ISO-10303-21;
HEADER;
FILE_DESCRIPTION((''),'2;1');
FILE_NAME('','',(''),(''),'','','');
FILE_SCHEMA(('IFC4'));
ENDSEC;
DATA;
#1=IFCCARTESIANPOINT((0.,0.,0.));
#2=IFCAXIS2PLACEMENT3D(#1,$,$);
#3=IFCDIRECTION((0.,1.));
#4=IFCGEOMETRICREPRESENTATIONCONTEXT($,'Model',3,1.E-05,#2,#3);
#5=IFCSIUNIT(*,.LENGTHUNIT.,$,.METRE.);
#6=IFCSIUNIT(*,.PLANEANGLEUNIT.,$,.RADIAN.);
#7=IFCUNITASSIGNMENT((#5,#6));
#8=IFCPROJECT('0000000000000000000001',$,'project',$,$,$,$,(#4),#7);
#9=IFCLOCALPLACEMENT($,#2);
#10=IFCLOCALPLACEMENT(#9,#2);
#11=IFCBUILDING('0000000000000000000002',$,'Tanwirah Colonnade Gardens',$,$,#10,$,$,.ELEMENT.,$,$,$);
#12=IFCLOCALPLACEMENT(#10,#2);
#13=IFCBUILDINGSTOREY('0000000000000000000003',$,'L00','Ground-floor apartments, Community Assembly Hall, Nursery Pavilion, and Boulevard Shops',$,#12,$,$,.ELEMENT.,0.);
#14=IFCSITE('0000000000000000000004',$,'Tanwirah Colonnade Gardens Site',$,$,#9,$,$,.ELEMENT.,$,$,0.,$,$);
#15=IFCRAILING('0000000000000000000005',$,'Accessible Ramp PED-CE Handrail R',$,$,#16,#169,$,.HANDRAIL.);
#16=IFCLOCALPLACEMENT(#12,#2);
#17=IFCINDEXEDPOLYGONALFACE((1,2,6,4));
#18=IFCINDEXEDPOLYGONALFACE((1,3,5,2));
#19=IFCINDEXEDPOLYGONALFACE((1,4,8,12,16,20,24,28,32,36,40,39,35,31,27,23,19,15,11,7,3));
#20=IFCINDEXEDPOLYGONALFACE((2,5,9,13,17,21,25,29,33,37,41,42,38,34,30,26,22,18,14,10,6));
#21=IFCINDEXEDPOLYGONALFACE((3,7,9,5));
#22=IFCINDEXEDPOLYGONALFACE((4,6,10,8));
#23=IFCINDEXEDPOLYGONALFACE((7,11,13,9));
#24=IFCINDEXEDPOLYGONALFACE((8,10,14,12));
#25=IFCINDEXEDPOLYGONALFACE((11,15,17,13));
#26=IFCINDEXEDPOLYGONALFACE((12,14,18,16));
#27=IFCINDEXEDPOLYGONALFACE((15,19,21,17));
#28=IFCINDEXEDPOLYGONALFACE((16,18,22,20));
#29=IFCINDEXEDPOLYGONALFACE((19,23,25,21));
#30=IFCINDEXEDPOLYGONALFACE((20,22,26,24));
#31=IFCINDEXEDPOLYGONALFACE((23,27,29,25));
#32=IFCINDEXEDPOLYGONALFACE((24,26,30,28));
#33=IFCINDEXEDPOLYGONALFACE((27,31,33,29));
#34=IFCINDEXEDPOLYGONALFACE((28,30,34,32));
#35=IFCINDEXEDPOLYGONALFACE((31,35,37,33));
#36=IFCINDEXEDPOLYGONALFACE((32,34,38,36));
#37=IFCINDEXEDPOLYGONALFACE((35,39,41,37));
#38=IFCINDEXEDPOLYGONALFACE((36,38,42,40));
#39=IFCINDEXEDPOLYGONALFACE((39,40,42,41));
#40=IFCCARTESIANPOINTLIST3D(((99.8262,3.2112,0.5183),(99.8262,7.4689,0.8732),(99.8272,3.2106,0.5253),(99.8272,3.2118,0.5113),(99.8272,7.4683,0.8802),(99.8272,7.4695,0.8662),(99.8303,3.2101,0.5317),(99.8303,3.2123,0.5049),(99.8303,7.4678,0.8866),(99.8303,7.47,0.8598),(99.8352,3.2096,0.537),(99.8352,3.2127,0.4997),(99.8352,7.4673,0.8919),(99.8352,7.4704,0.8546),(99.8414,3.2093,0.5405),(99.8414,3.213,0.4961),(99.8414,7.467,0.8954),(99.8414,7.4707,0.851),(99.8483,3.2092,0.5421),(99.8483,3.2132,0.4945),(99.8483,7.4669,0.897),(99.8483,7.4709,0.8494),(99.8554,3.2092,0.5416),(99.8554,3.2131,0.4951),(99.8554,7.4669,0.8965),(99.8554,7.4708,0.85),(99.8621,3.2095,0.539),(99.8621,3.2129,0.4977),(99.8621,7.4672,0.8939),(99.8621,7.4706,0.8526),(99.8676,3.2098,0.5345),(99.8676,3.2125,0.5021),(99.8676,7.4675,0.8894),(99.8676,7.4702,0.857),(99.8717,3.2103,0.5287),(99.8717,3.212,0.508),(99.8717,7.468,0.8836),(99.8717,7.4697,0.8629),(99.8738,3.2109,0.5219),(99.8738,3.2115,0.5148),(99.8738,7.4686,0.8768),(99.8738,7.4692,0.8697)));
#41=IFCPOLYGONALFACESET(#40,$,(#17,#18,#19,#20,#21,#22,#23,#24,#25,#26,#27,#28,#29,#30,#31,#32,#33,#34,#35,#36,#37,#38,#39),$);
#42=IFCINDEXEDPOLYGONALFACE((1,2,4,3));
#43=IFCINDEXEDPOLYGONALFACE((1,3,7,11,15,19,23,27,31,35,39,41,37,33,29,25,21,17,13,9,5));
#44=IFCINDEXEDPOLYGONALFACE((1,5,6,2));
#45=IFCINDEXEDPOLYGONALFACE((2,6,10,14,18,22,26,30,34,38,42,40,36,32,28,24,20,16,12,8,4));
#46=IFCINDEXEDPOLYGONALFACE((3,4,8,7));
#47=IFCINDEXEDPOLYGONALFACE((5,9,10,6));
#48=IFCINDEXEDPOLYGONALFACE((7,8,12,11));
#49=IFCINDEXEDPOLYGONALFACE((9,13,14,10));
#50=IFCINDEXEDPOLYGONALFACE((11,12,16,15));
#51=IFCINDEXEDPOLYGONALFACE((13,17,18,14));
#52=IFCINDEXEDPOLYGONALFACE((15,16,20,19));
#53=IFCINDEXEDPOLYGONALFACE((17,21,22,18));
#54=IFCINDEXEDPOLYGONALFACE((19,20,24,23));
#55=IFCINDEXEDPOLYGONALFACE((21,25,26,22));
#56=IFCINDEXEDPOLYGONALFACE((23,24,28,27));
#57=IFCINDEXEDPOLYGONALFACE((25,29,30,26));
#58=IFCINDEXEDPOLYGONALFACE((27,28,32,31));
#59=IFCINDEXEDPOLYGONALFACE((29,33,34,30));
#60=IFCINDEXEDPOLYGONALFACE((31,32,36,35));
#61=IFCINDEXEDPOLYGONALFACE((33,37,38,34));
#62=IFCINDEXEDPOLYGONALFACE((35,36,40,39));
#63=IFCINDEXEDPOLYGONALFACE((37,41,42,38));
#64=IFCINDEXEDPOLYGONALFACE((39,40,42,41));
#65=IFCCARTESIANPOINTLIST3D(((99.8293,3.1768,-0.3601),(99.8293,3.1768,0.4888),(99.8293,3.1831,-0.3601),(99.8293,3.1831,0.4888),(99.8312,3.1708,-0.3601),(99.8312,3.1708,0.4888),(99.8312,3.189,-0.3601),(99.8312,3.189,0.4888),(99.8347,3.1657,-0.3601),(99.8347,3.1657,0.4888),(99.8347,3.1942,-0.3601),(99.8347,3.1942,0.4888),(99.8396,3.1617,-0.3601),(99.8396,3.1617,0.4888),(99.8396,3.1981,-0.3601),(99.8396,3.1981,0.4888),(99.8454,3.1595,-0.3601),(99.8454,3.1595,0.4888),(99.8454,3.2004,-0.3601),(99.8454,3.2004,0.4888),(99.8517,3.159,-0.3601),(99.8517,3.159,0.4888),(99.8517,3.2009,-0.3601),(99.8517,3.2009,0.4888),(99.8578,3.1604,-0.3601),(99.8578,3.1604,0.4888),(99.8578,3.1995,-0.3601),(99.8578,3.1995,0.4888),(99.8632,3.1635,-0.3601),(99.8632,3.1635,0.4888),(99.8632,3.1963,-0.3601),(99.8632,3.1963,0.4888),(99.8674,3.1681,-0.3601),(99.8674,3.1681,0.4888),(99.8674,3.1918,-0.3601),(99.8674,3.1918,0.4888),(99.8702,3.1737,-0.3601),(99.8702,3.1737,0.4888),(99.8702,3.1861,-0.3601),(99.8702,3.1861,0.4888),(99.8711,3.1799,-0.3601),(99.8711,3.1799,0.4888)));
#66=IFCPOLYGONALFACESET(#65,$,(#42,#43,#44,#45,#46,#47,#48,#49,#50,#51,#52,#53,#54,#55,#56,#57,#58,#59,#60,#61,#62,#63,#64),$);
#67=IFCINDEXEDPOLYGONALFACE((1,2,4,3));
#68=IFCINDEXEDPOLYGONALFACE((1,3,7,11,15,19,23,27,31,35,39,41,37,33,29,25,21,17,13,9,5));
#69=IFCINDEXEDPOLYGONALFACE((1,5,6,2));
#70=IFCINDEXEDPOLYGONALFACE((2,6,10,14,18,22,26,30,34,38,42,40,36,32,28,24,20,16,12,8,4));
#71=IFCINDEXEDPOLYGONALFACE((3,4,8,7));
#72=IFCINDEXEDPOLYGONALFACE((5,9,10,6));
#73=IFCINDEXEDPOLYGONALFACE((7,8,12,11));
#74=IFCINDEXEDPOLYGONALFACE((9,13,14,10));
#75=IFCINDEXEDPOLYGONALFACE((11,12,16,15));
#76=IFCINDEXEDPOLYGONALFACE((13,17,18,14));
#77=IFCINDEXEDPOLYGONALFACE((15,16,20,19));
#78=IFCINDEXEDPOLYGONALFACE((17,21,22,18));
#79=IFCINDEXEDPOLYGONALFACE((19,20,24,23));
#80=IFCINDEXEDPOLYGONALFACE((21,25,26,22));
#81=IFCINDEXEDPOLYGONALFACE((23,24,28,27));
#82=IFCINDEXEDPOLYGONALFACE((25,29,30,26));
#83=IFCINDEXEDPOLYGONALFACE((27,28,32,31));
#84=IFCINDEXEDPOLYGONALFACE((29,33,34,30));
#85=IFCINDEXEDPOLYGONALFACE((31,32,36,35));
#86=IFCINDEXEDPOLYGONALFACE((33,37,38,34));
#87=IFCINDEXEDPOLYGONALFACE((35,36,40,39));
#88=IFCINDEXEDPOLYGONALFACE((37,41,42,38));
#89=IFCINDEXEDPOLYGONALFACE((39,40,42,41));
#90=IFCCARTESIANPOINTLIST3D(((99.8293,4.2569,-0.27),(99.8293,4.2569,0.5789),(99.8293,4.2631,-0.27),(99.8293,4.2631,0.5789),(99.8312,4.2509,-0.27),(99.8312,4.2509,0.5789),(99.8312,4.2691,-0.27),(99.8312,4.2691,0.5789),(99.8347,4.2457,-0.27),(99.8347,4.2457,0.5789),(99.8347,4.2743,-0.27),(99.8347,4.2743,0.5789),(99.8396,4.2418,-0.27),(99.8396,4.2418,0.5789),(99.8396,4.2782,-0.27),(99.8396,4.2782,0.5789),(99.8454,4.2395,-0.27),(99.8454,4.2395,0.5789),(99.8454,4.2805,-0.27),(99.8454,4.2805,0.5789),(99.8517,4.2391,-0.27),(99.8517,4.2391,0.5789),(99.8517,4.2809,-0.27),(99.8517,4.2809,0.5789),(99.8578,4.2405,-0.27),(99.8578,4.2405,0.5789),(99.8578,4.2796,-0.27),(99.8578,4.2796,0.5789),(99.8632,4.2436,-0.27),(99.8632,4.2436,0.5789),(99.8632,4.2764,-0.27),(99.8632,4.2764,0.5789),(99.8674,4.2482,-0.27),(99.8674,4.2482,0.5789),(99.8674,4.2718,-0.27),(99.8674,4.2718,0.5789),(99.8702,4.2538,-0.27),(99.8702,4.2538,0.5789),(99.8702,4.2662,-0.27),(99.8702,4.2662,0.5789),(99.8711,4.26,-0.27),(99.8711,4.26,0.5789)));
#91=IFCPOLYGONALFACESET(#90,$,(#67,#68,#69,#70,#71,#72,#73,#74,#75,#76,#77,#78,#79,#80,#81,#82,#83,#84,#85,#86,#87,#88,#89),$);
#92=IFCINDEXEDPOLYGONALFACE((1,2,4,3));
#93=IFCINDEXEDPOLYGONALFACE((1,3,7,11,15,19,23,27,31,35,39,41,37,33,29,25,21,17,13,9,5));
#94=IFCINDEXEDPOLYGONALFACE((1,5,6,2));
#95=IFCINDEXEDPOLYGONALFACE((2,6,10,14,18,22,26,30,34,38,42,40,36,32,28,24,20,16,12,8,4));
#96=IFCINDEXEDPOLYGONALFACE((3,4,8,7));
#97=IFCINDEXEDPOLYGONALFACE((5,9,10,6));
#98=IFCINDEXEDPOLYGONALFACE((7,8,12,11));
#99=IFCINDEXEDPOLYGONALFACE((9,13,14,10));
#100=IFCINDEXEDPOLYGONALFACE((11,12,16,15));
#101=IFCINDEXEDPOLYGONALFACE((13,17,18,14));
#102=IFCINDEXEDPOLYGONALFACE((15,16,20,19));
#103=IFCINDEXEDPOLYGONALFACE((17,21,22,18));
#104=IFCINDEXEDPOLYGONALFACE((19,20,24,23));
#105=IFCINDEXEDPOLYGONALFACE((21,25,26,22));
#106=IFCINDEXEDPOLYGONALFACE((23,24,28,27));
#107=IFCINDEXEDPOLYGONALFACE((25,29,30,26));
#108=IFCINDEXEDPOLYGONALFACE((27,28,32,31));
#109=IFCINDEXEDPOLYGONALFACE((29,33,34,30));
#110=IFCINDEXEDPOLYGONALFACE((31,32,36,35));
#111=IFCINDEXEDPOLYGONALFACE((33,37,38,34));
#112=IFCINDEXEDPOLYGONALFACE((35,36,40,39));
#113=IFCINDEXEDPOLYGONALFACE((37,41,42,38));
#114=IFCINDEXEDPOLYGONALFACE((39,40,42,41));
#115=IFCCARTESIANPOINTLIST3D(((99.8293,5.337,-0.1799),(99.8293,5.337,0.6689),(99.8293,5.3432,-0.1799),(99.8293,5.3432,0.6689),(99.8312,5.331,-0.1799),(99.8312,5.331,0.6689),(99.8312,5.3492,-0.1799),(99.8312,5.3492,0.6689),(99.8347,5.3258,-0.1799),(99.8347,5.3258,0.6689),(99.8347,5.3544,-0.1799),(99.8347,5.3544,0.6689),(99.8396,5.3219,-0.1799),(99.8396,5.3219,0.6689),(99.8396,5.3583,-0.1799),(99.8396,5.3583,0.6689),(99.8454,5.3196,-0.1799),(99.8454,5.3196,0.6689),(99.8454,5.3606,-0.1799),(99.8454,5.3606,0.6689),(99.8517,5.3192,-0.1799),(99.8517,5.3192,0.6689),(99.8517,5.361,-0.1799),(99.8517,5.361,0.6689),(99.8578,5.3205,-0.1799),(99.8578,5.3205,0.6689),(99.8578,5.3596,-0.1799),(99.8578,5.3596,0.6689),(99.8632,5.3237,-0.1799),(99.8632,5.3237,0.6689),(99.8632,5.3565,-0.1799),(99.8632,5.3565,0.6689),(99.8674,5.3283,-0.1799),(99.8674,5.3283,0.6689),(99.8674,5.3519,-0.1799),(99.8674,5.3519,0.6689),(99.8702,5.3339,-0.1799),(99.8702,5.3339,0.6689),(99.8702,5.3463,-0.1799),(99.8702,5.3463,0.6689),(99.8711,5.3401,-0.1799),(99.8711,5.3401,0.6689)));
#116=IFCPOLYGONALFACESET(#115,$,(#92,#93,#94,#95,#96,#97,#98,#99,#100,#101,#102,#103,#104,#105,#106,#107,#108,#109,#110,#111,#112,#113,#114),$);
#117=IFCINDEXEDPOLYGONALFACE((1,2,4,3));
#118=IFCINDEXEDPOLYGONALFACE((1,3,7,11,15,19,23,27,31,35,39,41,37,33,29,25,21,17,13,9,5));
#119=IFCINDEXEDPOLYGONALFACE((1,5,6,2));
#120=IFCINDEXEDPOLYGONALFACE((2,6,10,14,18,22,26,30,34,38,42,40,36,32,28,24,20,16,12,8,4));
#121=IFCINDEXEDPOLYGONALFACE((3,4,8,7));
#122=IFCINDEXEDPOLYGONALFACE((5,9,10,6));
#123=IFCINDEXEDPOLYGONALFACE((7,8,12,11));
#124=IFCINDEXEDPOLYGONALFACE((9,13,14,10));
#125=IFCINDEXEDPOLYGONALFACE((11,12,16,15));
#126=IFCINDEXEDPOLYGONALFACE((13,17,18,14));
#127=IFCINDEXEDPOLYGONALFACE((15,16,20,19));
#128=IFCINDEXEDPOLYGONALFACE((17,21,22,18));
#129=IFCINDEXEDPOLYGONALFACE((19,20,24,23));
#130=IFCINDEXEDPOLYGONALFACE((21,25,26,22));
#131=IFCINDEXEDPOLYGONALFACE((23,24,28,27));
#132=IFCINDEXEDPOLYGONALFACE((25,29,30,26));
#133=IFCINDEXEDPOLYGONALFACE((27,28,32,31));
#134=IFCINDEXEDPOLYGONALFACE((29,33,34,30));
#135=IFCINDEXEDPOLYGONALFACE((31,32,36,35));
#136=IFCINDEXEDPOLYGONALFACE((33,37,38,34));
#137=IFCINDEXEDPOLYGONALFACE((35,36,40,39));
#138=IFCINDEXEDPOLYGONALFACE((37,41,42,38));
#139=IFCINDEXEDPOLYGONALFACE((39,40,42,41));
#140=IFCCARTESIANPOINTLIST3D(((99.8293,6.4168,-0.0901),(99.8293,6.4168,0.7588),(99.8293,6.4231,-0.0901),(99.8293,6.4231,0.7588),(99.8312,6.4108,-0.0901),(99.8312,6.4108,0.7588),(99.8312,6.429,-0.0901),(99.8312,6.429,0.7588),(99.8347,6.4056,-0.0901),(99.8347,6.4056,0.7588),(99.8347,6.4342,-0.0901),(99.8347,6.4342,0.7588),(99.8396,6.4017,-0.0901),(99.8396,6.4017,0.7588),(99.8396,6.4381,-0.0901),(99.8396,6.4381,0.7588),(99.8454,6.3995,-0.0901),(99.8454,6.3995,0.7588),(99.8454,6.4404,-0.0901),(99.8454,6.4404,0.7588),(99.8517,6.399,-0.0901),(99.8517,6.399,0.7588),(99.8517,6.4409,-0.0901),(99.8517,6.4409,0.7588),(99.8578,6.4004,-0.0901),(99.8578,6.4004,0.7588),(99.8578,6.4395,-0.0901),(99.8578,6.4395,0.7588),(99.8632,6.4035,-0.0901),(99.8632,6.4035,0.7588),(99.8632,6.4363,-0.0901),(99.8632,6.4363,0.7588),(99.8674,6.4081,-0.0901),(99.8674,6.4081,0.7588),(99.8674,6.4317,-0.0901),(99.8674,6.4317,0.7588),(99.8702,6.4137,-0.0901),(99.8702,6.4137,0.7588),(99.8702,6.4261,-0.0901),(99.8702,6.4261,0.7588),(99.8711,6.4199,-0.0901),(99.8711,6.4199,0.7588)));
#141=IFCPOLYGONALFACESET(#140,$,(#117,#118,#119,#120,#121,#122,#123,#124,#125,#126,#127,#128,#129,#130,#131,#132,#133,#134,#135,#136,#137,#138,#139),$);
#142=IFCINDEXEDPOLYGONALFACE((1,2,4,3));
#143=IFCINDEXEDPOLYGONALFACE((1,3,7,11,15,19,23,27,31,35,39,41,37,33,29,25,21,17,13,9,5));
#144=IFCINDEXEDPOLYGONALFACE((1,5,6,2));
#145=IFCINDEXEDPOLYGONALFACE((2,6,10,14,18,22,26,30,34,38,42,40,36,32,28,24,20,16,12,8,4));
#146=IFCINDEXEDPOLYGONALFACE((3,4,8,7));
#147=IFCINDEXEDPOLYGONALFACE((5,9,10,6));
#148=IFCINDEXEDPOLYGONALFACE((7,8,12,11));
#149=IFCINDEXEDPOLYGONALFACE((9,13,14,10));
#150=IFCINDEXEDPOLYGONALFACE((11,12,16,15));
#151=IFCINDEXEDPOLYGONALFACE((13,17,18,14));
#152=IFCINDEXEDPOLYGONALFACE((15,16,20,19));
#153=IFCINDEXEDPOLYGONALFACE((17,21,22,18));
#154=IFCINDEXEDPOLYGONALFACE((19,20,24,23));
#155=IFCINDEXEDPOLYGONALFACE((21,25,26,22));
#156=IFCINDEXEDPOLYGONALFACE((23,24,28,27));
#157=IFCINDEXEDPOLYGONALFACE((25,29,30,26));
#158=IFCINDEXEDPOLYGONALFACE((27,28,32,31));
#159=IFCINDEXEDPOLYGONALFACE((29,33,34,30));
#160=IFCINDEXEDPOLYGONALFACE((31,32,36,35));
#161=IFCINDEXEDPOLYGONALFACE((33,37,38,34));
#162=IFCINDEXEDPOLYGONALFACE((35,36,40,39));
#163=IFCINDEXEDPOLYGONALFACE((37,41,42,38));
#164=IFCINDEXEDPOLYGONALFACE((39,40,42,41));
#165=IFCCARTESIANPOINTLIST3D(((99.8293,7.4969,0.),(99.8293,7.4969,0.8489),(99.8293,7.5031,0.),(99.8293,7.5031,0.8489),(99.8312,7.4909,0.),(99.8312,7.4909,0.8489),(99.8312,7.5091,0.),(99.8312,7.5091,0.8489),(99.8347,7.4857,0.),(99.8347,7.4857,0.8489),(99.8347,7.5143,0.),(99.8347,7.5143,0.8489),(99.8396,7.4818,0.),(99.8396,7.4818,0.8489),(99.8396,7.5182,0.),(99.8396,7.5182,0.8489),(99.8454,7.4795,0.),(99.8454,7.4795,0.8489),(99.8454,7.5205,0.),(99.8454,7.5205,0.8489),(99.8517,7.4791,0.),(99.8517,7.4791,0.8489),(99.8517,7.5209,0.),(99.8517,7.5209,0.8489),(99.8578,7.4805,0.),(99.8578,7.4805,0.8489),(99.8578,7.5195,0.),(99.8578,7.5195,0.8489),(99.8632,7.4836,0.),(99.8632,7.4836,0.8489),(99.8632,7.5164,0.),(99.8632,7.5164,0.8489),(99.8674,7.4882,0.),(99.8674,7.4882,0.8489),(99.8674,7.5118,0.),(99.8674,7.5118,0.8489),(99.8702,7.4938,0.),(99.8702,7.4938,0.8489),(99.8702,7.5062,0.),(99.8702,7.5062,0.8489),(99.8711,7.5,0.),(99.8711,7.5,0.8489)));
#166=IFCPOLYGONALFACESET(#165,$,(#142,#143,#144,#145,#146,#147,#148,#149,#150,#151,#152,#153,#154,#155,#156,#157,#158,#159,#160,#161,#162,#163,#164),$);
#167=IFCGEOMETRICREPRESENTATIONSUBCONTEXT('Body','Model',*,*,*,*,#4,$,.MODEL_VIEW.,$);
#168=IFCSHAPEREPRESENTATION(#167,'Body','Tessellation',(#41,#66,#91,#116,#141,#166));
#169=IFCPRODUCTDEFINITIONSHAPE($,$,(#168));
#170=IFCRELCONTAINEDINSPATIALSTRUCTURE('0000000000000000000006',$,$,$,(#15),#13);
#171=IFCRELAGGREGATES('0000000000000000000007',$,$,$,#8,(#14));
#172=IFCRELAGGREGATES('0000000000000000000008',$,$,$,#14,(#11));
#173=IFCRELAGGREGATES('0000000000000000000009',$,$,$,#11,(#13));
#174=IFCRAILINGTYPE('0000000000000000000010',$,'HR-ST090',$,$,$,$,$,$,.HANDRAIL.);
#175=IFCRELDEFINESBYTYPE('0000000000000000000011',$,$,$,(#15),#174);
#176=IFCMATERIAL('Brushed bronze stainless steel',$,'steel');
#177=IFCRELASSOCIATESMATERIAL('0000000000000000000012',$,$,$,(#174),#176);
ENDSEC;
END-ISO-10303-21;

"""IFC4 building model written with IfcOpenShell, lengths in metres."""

from ifc_helpers import new_model, si_unit, direction, frame, origin, origin_2d, place, context, subcontext, project, spatial, circle, extrude, material, type_object, element, save


model = new_model("IFC4")

# Units and contexts
model_context = context("Model", 3, precision=1e-05, world=origin(), true_north=direction((0.0, 1.0)))
body_context = subcontext(model_context, "Body", "Model", "MODEL_VIEW")
ifc_project = project(units=[si_unit("LENGTHUNIT", "METRE"), si_unit("PLANEANGLEUNIT", "RADIAN")], contexts=[model_context])

# Site, building, storey
site_placement = place(None, origin())
site = spatial("IfcSite", under=ifc_project, at=site_placement, Name="Tanwirah Colonnade Gardens Site", CompositionType="ELEMENT", RefElevation=0.0)
building_placement = place(site_placement, origin())
building = spatial("IfcBuilding", under=site, at=building_placement, Name="Tanwirah Colonnade Gardens", CompositionType="ELEMENT")
storey_placement = place(building_placement, origin())
storey = spatial("IfcBuildingStorey", under=building, at=storey_placement, Name="L00", Description="Ground-floor apartments, Community Assembly Hall, Nursery Pavilion, and Boulevard Shops", CompositionType="ELEMENT", Elevation=0.0)

# Railing
ifc_material_1 = material(Name="Brushed bronze stainless steel", Category="steel")
railing_type = type_object("IfcRailingType", Name="HR-ST090", PredefinedType="HANDRAIL", material=ifc_material_1)
for number, where, name in (
    (1, (99.8501, 3.1799, -0.3601), "Accessible Ramp PED-CE Handrail R"),
):
    element("IfcRailing", number, at=place(storey_placement, frame(where)), inside=storey, type_object=railing_type, Name=name, PredefinedType="HANDRAIL", context=body_context, shape_type="SweptSolid", body=[
        extrude(circle(Radius=0.0239, at=origin_2d()), frame((0.0, 0.0312, 0.8784), z_axis=(0.0, 0.996544, 0.083069), x_axis=(-1.0, 0.0, 0.0)), (0.0, 0.0, 1.0), 4.2725),
        extrude(circle(Radius=0.021, at=origin_2d()), origin(), (0.0, 0.0, 1.0), 0.8489),
        extrude(circle(Radius=0.021, at=origin_2d()), frame((0.0, 1.0801, 0.0901)), (0.0, 0.0, 1.0), 0.8489),
        extrude(circle(Radius=0.021, at=origin_2d()), frame((0.0, 2.1602, 0.1802)), (0.0, 0.0, 1.0), 0.8489),
        extrude(circle(Radius=0.021, at=origin_2d()), frame((0.0, 3.24, 0.27)), (0.0, 0.0, 1.0), 0.8489),
        extrude(circle(Radius=0.021, at=origin_2d()), frame((0.0, 4.3201, 0.3601)), (0.0, 0.0, 1.0), 0.8489),
    ])

save(model, "model.ifc")
